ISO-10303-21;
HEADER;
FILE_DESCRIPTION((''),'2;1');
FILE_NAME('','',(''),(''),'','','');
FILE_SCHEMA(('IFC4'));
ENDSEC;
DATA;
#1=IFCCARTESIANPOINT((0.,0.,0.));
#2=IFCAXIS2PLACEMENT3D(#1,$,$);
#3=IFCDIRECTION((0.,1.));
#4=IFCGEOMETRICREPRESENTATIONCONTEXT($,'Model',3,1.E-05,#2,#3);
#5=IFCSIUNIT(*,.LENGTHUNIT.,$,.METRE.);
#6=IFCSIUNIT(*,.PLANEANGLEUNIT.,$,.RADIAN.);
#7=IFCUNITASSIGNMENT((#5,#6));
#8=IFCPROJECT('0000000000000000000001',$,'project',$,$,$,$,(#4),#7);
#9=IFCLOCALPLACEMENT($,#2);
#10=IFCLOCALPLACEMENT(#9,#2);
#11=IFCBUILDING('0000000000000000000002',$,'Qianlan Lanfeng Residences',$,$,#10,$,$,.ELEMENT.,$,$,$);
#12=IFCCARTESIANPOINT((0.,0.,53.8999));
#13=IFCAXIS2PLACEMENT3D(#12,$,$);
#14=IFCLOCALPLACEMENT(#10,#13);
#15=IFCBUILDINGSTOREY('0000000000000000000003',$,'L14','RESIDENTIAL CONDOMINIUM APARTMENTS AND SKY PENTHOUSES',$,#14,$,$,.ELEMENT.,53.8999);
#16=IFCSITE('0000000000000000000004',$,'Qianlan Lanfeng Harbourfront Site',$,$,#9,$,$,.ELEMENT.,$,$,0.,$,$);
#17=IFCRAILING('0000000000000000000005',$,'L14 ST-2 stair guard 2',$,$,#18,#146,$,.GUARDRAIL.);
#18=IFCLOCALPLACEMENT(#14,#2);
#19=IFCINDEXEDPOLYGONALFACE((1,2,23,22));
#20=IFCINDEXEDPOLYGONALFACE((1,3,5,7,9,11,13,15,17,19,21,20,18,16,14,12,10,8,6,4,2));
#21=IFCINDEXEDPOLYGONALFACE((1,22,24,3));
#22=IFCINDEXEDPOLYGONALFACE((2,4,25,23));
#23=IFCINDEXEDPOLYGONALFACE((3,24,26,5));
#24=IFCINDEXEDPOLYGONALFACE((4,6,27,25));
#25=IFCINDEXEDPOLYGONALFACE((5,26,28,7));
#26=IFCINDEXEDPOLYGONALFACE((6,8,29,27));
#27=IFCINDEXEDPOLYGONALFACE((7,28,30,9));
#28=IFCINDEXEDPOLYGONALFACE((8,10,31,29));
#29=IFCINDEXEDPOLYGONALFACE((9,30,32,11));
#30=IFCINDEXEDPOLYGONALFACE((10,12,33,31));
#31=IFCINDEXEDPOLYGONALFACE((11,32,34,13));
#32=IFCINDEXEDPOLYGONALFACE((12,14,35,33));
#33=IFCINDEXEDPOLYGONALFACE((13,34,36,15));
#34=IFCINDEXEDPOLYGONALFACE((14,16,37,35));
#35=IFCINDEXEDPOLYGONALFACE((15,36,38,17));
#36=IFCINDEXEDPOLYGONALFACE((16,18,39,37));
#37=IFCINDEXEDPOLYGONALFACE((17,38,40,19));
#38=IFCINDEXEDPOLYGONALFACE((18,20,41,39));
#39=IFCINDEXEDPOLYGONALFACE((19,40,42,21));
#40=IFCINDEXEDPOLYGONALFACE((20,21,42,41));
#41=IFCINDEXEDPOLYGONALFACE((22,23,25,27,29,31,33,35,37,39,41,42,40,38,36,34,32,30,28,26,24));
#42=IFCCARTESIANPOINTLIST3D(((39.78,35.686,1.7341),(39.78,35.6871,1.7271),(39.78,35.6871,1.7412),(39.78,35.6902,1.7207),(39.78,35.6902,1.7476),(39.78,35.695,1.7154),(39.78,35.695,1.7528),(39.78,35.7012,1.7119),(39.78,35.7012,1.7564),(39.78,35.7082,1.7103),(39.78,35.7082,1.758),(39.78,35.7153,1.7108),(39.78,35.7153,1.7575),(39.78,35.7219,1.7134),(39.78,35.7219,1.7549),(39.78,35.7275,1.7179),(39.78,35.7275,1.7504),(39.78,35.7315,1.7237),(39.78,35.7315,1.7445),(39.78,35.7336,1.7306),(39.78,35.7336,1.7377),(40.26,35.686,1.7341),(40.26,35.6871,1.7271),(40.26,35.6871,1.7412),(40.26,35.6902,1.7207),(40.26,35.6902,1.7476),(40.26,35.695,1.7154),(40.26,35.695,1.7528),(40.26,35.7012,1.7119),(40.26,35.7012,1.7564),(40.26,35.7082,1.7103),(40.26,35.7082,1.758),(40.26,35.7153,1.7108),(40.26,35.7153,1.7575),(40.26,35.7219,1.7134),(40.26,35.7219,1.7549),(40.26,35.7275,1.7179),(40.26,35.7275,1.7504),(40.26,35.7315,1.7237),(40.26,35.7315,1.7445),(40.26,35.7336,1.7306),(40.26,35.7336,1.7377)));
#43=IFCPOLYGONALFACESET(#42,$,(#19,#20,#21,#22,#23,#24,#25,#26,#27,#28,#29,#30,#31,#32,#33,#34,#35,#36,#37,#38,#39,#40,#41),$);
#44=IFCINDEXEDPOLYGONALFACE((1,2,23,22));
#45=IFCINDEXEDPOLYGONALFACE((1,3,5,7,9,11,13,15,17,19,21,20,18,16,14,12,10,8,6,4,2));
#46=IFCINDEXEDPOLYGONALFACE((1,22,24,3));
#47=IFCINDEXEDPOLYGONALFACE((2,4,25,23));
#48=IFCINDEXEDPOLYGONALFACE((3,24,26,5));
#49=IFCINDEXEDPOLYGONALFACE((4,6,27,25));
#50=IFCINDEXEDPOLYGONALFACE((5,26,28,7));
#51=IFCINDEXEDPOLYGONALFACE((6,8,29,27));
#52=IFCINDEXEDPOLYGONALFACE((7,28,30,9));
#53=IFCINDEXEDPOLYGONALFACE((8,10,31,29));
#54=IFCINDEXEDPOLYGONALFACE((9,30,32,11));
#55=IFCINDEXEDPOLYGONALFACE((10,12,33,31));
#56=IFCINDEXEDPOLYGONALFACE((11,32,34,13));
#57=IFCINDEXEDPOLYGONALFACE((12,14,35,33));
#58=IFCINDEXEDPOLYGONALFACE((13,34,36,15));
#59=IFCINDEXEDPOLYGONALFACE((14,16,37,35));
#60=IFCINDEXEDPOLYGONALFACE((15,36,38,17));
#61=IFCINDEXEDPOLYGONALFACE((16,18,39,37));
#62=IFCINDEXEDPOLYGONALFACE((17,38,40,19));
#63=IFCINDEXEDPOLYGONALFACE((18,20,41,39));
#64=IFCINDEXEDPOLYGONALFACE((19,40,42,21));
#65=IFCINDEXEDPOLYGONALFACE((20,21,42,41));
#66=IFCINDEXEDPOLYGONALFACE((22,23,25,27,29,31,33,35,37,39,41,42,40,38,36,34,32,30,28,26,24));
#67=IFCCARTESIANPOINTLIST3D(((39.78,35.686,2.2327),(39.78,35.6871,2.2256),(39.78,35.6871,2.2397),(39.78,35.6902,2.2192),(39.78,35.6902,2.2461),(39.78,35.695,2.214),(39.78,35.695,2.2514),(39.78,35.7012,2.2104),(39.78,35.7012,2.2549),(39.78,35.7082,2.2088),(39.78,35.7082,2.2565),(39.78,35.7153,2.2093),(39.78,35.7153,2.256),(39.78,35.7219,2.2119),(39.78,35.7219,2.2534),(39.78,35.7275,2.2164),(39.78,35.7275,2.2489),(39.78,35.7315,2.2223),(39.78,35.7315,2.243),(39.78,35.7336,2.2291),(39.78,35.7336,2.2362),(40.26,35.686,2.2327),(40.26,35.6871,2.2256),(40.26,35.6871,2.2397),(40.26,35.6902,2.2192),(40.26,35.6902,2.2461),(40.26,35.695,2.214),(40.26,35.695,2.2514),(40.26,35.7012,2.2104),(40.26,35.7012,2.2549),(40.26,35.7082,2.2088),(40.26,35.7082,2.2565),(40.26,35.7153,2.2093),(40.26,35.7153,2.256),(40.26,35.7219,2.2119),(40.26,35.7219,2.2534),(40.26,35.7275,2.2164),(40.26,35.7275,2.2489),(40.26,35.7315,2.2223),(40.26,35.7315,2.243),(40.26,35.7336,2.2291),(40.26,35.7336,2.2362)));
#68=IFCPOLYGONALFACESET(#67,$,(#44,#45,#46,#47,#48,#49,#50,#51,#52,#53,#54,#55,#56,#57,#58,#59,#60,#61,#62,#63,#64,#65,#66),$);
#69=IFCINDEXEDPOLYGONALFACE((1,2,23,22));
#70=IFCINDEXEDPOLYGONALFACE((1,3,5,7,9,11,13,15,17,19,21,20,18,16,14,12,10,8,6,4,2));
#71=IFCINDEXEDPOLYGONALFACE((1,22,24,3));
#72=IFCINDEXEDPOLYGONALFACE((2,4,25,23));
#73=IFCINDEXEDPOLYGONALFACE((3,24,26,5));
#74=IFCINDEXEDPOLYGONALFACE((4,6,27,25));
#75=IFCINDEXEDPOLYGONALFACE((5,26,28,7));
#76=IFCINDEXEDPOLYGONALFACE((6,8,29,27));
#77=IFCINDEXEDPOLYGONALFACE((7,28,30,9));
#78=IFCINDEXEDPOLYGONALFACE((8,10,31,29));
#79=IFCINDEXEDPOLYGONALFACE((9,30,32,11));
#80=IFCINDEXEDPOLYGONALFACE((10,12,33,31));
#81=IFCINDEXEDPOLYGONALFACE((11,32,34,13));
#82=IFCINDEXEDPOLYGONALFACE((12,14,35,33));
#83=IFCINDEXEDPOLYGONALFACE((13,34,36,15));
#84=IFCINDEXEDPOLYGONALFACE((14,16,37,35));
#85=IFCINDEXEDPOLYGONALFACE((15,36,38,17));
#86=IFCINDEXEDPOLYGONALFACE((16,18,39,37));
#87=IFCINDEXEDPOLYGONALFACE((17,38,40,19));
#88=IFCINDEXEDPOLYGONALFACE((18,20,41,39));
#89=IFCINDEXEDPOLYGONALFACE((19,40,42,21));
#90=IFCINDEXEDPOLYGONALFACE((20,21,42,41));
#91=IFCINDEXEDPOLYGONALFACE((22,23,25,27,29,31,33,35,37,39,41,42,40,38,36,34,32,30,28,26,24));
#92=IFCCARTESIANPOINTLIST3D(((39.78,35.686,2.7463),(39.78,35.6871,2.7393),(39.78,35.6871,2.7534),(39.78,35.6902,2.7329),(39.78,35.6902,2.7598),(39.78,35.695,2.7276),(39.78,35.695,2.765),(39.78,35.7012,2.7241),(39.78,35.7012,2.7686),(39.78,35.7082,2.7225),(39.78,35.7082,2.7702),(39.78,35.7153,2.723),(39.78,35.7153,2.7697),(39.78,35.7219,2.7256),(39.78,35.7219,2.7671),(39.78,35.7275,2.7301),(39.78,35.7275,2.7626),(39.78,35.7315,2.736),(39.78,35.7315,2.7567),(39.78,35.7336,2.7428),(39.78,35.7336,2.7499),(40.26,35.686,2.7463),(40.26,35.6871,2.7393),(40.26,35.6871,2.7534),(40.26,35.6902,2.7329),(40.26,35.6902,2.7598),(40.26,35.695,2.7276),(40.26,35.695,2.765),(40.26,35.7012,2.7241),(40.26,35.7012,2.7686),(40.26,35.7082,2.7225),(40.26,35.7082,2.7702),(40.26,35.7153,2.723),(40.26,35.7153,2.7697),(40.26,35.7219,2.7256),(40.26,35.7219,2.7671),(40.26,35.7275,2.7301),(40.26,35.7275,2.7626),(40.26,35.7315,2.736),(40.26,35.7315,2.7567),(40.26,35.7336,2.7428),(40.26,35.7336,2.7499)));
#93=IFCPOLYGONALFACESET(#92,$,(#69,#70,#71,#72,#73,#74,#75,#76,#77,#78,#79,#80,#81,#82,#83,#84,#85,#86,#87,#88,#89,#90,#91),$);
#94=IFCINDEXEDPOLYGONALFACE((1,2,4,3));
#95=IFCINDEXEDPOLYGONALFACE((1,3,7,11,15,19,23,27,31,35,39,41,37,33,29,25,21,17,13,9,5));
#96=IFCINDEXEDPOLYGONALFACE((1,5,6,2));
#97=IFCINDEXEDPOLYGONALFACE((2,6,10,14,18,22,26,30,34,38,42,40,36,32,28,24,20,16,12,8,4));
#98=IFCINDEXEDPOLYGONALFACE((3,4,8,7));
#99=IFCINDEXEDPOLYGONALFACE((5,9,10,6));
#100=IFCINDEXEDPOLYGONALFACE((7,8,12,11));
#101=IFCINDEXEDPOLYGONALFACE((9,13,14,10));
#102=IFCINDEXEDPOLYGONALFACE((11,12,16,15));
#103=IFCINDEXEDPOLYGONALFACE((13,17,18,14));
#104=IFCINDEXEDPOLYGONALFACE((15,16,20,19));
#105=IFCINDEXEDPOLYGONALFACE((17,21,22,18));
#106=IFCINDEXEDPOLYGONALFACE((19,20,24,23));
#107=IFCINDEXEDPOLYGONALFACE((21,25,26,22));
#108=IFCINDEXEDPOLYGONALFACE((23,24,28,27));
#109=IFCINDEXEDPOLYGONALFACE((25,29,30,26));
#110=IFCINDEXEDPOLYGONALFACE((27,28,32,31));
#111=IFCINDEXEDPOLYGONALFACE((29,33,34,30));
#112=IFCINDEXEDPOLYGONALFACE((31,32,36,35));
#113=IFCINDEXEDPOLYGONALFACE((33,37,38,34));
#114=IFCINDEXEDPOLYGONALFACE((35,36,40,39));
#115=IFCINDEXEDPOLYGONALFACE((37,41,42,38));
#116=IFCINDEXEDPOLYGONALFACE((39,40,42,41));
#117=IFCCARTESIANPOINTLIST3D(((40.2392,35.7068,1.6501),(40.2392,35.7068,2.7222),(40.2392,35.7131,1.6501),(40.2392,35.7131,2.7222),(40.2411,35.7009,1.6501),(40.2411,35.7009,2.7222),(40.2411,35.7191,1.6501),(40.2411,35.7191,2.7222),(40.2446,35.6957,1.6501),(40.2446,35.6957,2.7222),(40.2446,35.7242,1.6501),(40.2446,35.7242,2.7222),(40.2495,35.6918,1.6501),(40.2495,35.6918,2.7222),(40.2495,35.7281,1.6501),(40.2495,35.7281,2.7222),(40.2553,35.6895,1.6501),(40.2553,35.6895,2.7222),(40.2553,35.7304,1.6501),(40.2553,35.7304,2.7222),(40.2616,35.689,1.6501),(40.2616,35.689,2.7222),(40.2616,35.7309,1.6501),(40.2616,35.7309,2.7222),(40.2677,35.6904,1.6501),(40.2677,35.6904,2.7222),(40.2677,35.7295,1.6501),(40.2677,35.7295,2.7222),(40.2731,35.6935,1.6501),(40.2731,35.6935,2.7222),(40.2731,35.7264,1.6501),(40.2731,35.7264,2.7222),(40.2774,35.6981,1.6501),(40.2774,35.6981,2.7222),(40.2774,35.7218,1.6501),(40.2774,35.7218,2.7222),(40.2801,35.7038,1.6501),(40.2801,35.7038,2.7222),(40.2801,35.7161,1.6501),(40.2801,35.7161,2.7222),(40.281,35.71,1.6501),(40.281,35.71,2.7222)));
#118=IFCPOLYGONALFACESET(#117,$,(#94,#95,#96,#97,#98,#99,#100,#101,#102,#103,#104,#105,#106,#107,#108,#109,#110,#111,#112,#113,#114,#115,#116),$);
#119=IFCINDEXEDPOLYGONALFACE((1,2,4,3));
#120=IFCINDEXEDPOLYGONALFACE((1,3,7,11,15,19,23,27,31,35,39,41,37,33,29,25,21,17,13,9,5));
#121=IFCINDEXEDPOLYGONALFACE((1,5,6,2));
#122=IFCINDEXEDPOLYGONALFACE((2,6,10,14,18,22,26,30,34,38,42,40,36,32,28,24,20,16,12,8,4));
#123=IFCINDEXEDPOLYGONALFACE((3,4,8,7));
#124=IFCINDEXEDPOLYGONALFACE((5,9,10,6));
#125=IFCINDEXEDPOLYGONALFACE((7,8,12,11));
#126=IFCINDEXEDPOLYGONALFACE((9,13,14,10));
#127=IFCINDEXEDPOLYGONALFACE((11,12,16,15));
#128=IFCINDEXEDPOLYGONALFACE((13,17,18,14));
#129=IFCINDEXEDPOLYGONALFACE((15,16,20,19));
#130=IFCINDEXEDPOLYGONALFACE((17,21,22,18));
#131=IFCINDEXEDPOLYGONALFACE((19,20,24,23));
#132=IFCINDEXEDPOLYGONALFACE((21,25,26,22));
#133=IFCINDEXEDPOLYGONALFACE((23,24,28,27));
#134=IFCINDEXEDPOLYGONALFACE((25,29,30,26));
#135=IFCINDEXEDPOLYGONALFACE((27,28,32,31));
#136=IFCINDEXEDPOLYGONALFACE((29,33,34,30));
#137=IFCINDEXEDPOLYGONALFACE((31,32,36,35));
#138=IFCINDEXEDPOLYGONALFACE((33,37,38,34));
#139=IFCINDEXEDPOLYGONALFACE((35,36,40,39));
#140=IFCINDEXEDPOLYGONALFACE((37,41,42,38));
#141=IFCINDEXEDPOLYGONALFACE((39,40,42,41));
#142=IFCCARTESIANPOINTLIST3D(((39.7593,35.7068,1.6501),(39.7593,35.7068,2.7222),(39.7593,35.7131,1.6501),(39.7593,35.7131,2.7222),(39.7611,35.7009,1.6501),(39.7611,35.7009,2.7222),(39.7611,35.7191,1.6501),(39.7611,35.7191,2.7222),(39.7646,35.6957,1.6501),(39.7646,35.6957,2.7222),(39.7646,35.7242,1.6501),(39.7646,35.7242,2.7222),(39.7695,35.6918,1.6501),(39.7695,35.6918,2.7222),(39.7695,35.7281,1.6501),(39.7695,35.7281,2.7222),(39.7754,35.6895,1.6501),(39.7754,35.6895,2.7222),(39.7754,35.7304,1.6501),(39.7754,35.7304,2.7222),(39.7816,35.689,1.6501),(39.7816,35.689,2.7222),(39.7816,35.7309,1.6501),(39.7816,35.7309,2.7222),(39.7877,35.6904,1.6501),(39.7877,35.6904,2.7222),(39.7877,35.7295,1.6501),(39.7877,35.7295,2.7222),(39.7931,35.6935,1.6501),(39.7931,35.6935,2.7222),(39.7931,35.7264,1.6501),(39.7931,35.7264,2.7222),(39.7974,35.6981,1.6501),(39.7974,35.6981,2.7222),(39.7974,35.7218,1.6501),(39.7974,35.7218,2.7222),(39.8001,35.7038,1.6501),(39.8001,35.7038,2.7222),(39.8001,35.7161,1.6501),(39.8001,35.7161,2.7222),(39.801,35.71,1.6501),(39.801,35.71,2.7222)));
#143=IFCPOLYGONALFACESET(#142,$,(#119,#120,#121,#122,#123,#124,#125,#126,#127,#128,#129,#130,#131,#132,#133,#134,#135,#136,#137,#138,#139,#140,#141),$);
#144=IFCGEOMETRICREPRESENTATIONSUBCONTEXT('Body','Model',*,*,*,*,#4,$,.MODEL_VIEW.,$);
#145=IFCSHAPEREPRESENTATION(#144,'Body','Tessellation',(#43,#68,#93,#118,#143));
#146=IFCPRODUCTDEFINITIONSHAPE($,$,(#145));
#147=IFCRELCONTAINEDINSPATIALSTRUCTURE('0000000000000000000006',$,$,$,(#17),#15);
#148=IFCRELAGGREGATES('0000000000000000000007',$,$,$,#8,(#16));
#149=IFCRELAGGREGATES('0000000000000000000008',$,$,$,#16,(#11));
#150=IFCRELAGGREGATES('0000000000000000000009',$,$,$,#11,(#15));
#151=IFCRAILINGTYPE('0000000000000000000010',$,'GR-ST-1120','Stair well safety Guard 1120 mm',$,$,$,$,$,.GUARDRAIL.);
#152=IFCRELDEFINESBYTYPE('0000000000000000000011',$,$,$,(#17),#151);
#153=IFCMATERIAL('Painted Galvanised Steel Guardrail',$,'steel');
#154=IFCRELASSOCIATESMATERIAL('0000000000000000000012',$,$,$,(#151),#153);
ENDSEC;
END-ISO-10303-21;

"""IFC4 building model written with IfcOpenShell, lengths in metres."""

from ifc_helpers import new_model, si_unit, direction, frame, origin, origin_2d, place, context, subcontext, project, spatial, circle, extrude, material, type_object, element, save


model = new_model("IFC4")

# Units and contexts
model_context = context("Model", 3, precision=1e-05, world=origin(), true_north=direction((0.0, 1.0)))
body_context = subcontext(model_context, "Body", "Model", "MODEL_VIEW")
ifc_project = project(units=[si_unit("LENGTHUNIT", "METRE"), si_unit("PLANEANGLEUNIT", "RADIAN")], contexts=[model_context])

# Site, building, storey
site_placement = place(None, origin())
site = spatial("IfcSite", under=ifc_project, at=site_placement, Name="Qianlan Lanfeng Harbourfront Site", CompositionType="ELEMENT", RefElevation=0.0)
building_placement = place(site_placement, origin())
building = spatial("IfcBuilding", under=site, at=building_placement, Name="Qianlan Lanfeng Residences", CompositionType="ELEMENT")
storey_placement = place(building_placement, frame((0.0, 0.0, 53.8999)))
storey = spatial("IfcBuildingStorey", under=building, at=storey_placement, Name="L14", Description="RESIDENTIAL CONDOMINIUM APARTMENTS AND SKY PENTHOUSES", CompositionType="ELEMENT", Elevation=53.8999)

# Railing
ifc_material_1 = material(Name="Painted Galvanised Steel Guardrail", Category="steel")
railing_type_1 = type_object("IfcRailingType", Name="GR-ST-1120", Description="Stair well safety Guard 1120 mm", PredefinedType="GUARDRAIL", material=ifc_material_1)
railing_1_placement = place(storey_placement, frame((40.26, 35.71, 1.6501)))
element("IfcRailing", 1, at=railing_1_placement, inside=storey, type_object=railing_type_1, Name="L14 ST-2 stair guard 2", PredefinedType="GUARDRAIL", context=body_context, shape_type="SweptSolid", body=[
    extrude(circle(Radius=0.0239, at=origin_2d()), frame((0.0, 0.0, 0.084), z_axis=(-1.0, 0.0, 0.0), x_axis=(0.0, -1.0, 0.0)), (0.0, 0.0, 1.0), 0.48),
    extrude(circle(Radius=0.0239, at=origin_2d()), frame((0.0, 0.0, 0.5825), z_axis=(-1.0, 0.0, 0.0), x_axis=(0.0, -1.0, 0.0)), (0.0, 0.0, 1.0), 0.48),
    extrude(circle(Radius=0.0239, at=origin_2d()), frame((0.0, 0.0, 1.0962), z_axis=(-1.0, 0.0, 0.0), x_axis=(0.0, -1.0, 0.0)), (0.0, 0.0, 1.0), 0.48),
    extrude(circle(Radius=0.021, at=origin_2d()), origin(), (0.0, 0.0, 1.0), 1.072),
    extrude(circle(Radius=0.021, at=origin_2d()), frame((-0.48, 0.0, 0.0)), (0.0, 0.0, 1.0), 1.072),
])

save(model, "model.ifc")
